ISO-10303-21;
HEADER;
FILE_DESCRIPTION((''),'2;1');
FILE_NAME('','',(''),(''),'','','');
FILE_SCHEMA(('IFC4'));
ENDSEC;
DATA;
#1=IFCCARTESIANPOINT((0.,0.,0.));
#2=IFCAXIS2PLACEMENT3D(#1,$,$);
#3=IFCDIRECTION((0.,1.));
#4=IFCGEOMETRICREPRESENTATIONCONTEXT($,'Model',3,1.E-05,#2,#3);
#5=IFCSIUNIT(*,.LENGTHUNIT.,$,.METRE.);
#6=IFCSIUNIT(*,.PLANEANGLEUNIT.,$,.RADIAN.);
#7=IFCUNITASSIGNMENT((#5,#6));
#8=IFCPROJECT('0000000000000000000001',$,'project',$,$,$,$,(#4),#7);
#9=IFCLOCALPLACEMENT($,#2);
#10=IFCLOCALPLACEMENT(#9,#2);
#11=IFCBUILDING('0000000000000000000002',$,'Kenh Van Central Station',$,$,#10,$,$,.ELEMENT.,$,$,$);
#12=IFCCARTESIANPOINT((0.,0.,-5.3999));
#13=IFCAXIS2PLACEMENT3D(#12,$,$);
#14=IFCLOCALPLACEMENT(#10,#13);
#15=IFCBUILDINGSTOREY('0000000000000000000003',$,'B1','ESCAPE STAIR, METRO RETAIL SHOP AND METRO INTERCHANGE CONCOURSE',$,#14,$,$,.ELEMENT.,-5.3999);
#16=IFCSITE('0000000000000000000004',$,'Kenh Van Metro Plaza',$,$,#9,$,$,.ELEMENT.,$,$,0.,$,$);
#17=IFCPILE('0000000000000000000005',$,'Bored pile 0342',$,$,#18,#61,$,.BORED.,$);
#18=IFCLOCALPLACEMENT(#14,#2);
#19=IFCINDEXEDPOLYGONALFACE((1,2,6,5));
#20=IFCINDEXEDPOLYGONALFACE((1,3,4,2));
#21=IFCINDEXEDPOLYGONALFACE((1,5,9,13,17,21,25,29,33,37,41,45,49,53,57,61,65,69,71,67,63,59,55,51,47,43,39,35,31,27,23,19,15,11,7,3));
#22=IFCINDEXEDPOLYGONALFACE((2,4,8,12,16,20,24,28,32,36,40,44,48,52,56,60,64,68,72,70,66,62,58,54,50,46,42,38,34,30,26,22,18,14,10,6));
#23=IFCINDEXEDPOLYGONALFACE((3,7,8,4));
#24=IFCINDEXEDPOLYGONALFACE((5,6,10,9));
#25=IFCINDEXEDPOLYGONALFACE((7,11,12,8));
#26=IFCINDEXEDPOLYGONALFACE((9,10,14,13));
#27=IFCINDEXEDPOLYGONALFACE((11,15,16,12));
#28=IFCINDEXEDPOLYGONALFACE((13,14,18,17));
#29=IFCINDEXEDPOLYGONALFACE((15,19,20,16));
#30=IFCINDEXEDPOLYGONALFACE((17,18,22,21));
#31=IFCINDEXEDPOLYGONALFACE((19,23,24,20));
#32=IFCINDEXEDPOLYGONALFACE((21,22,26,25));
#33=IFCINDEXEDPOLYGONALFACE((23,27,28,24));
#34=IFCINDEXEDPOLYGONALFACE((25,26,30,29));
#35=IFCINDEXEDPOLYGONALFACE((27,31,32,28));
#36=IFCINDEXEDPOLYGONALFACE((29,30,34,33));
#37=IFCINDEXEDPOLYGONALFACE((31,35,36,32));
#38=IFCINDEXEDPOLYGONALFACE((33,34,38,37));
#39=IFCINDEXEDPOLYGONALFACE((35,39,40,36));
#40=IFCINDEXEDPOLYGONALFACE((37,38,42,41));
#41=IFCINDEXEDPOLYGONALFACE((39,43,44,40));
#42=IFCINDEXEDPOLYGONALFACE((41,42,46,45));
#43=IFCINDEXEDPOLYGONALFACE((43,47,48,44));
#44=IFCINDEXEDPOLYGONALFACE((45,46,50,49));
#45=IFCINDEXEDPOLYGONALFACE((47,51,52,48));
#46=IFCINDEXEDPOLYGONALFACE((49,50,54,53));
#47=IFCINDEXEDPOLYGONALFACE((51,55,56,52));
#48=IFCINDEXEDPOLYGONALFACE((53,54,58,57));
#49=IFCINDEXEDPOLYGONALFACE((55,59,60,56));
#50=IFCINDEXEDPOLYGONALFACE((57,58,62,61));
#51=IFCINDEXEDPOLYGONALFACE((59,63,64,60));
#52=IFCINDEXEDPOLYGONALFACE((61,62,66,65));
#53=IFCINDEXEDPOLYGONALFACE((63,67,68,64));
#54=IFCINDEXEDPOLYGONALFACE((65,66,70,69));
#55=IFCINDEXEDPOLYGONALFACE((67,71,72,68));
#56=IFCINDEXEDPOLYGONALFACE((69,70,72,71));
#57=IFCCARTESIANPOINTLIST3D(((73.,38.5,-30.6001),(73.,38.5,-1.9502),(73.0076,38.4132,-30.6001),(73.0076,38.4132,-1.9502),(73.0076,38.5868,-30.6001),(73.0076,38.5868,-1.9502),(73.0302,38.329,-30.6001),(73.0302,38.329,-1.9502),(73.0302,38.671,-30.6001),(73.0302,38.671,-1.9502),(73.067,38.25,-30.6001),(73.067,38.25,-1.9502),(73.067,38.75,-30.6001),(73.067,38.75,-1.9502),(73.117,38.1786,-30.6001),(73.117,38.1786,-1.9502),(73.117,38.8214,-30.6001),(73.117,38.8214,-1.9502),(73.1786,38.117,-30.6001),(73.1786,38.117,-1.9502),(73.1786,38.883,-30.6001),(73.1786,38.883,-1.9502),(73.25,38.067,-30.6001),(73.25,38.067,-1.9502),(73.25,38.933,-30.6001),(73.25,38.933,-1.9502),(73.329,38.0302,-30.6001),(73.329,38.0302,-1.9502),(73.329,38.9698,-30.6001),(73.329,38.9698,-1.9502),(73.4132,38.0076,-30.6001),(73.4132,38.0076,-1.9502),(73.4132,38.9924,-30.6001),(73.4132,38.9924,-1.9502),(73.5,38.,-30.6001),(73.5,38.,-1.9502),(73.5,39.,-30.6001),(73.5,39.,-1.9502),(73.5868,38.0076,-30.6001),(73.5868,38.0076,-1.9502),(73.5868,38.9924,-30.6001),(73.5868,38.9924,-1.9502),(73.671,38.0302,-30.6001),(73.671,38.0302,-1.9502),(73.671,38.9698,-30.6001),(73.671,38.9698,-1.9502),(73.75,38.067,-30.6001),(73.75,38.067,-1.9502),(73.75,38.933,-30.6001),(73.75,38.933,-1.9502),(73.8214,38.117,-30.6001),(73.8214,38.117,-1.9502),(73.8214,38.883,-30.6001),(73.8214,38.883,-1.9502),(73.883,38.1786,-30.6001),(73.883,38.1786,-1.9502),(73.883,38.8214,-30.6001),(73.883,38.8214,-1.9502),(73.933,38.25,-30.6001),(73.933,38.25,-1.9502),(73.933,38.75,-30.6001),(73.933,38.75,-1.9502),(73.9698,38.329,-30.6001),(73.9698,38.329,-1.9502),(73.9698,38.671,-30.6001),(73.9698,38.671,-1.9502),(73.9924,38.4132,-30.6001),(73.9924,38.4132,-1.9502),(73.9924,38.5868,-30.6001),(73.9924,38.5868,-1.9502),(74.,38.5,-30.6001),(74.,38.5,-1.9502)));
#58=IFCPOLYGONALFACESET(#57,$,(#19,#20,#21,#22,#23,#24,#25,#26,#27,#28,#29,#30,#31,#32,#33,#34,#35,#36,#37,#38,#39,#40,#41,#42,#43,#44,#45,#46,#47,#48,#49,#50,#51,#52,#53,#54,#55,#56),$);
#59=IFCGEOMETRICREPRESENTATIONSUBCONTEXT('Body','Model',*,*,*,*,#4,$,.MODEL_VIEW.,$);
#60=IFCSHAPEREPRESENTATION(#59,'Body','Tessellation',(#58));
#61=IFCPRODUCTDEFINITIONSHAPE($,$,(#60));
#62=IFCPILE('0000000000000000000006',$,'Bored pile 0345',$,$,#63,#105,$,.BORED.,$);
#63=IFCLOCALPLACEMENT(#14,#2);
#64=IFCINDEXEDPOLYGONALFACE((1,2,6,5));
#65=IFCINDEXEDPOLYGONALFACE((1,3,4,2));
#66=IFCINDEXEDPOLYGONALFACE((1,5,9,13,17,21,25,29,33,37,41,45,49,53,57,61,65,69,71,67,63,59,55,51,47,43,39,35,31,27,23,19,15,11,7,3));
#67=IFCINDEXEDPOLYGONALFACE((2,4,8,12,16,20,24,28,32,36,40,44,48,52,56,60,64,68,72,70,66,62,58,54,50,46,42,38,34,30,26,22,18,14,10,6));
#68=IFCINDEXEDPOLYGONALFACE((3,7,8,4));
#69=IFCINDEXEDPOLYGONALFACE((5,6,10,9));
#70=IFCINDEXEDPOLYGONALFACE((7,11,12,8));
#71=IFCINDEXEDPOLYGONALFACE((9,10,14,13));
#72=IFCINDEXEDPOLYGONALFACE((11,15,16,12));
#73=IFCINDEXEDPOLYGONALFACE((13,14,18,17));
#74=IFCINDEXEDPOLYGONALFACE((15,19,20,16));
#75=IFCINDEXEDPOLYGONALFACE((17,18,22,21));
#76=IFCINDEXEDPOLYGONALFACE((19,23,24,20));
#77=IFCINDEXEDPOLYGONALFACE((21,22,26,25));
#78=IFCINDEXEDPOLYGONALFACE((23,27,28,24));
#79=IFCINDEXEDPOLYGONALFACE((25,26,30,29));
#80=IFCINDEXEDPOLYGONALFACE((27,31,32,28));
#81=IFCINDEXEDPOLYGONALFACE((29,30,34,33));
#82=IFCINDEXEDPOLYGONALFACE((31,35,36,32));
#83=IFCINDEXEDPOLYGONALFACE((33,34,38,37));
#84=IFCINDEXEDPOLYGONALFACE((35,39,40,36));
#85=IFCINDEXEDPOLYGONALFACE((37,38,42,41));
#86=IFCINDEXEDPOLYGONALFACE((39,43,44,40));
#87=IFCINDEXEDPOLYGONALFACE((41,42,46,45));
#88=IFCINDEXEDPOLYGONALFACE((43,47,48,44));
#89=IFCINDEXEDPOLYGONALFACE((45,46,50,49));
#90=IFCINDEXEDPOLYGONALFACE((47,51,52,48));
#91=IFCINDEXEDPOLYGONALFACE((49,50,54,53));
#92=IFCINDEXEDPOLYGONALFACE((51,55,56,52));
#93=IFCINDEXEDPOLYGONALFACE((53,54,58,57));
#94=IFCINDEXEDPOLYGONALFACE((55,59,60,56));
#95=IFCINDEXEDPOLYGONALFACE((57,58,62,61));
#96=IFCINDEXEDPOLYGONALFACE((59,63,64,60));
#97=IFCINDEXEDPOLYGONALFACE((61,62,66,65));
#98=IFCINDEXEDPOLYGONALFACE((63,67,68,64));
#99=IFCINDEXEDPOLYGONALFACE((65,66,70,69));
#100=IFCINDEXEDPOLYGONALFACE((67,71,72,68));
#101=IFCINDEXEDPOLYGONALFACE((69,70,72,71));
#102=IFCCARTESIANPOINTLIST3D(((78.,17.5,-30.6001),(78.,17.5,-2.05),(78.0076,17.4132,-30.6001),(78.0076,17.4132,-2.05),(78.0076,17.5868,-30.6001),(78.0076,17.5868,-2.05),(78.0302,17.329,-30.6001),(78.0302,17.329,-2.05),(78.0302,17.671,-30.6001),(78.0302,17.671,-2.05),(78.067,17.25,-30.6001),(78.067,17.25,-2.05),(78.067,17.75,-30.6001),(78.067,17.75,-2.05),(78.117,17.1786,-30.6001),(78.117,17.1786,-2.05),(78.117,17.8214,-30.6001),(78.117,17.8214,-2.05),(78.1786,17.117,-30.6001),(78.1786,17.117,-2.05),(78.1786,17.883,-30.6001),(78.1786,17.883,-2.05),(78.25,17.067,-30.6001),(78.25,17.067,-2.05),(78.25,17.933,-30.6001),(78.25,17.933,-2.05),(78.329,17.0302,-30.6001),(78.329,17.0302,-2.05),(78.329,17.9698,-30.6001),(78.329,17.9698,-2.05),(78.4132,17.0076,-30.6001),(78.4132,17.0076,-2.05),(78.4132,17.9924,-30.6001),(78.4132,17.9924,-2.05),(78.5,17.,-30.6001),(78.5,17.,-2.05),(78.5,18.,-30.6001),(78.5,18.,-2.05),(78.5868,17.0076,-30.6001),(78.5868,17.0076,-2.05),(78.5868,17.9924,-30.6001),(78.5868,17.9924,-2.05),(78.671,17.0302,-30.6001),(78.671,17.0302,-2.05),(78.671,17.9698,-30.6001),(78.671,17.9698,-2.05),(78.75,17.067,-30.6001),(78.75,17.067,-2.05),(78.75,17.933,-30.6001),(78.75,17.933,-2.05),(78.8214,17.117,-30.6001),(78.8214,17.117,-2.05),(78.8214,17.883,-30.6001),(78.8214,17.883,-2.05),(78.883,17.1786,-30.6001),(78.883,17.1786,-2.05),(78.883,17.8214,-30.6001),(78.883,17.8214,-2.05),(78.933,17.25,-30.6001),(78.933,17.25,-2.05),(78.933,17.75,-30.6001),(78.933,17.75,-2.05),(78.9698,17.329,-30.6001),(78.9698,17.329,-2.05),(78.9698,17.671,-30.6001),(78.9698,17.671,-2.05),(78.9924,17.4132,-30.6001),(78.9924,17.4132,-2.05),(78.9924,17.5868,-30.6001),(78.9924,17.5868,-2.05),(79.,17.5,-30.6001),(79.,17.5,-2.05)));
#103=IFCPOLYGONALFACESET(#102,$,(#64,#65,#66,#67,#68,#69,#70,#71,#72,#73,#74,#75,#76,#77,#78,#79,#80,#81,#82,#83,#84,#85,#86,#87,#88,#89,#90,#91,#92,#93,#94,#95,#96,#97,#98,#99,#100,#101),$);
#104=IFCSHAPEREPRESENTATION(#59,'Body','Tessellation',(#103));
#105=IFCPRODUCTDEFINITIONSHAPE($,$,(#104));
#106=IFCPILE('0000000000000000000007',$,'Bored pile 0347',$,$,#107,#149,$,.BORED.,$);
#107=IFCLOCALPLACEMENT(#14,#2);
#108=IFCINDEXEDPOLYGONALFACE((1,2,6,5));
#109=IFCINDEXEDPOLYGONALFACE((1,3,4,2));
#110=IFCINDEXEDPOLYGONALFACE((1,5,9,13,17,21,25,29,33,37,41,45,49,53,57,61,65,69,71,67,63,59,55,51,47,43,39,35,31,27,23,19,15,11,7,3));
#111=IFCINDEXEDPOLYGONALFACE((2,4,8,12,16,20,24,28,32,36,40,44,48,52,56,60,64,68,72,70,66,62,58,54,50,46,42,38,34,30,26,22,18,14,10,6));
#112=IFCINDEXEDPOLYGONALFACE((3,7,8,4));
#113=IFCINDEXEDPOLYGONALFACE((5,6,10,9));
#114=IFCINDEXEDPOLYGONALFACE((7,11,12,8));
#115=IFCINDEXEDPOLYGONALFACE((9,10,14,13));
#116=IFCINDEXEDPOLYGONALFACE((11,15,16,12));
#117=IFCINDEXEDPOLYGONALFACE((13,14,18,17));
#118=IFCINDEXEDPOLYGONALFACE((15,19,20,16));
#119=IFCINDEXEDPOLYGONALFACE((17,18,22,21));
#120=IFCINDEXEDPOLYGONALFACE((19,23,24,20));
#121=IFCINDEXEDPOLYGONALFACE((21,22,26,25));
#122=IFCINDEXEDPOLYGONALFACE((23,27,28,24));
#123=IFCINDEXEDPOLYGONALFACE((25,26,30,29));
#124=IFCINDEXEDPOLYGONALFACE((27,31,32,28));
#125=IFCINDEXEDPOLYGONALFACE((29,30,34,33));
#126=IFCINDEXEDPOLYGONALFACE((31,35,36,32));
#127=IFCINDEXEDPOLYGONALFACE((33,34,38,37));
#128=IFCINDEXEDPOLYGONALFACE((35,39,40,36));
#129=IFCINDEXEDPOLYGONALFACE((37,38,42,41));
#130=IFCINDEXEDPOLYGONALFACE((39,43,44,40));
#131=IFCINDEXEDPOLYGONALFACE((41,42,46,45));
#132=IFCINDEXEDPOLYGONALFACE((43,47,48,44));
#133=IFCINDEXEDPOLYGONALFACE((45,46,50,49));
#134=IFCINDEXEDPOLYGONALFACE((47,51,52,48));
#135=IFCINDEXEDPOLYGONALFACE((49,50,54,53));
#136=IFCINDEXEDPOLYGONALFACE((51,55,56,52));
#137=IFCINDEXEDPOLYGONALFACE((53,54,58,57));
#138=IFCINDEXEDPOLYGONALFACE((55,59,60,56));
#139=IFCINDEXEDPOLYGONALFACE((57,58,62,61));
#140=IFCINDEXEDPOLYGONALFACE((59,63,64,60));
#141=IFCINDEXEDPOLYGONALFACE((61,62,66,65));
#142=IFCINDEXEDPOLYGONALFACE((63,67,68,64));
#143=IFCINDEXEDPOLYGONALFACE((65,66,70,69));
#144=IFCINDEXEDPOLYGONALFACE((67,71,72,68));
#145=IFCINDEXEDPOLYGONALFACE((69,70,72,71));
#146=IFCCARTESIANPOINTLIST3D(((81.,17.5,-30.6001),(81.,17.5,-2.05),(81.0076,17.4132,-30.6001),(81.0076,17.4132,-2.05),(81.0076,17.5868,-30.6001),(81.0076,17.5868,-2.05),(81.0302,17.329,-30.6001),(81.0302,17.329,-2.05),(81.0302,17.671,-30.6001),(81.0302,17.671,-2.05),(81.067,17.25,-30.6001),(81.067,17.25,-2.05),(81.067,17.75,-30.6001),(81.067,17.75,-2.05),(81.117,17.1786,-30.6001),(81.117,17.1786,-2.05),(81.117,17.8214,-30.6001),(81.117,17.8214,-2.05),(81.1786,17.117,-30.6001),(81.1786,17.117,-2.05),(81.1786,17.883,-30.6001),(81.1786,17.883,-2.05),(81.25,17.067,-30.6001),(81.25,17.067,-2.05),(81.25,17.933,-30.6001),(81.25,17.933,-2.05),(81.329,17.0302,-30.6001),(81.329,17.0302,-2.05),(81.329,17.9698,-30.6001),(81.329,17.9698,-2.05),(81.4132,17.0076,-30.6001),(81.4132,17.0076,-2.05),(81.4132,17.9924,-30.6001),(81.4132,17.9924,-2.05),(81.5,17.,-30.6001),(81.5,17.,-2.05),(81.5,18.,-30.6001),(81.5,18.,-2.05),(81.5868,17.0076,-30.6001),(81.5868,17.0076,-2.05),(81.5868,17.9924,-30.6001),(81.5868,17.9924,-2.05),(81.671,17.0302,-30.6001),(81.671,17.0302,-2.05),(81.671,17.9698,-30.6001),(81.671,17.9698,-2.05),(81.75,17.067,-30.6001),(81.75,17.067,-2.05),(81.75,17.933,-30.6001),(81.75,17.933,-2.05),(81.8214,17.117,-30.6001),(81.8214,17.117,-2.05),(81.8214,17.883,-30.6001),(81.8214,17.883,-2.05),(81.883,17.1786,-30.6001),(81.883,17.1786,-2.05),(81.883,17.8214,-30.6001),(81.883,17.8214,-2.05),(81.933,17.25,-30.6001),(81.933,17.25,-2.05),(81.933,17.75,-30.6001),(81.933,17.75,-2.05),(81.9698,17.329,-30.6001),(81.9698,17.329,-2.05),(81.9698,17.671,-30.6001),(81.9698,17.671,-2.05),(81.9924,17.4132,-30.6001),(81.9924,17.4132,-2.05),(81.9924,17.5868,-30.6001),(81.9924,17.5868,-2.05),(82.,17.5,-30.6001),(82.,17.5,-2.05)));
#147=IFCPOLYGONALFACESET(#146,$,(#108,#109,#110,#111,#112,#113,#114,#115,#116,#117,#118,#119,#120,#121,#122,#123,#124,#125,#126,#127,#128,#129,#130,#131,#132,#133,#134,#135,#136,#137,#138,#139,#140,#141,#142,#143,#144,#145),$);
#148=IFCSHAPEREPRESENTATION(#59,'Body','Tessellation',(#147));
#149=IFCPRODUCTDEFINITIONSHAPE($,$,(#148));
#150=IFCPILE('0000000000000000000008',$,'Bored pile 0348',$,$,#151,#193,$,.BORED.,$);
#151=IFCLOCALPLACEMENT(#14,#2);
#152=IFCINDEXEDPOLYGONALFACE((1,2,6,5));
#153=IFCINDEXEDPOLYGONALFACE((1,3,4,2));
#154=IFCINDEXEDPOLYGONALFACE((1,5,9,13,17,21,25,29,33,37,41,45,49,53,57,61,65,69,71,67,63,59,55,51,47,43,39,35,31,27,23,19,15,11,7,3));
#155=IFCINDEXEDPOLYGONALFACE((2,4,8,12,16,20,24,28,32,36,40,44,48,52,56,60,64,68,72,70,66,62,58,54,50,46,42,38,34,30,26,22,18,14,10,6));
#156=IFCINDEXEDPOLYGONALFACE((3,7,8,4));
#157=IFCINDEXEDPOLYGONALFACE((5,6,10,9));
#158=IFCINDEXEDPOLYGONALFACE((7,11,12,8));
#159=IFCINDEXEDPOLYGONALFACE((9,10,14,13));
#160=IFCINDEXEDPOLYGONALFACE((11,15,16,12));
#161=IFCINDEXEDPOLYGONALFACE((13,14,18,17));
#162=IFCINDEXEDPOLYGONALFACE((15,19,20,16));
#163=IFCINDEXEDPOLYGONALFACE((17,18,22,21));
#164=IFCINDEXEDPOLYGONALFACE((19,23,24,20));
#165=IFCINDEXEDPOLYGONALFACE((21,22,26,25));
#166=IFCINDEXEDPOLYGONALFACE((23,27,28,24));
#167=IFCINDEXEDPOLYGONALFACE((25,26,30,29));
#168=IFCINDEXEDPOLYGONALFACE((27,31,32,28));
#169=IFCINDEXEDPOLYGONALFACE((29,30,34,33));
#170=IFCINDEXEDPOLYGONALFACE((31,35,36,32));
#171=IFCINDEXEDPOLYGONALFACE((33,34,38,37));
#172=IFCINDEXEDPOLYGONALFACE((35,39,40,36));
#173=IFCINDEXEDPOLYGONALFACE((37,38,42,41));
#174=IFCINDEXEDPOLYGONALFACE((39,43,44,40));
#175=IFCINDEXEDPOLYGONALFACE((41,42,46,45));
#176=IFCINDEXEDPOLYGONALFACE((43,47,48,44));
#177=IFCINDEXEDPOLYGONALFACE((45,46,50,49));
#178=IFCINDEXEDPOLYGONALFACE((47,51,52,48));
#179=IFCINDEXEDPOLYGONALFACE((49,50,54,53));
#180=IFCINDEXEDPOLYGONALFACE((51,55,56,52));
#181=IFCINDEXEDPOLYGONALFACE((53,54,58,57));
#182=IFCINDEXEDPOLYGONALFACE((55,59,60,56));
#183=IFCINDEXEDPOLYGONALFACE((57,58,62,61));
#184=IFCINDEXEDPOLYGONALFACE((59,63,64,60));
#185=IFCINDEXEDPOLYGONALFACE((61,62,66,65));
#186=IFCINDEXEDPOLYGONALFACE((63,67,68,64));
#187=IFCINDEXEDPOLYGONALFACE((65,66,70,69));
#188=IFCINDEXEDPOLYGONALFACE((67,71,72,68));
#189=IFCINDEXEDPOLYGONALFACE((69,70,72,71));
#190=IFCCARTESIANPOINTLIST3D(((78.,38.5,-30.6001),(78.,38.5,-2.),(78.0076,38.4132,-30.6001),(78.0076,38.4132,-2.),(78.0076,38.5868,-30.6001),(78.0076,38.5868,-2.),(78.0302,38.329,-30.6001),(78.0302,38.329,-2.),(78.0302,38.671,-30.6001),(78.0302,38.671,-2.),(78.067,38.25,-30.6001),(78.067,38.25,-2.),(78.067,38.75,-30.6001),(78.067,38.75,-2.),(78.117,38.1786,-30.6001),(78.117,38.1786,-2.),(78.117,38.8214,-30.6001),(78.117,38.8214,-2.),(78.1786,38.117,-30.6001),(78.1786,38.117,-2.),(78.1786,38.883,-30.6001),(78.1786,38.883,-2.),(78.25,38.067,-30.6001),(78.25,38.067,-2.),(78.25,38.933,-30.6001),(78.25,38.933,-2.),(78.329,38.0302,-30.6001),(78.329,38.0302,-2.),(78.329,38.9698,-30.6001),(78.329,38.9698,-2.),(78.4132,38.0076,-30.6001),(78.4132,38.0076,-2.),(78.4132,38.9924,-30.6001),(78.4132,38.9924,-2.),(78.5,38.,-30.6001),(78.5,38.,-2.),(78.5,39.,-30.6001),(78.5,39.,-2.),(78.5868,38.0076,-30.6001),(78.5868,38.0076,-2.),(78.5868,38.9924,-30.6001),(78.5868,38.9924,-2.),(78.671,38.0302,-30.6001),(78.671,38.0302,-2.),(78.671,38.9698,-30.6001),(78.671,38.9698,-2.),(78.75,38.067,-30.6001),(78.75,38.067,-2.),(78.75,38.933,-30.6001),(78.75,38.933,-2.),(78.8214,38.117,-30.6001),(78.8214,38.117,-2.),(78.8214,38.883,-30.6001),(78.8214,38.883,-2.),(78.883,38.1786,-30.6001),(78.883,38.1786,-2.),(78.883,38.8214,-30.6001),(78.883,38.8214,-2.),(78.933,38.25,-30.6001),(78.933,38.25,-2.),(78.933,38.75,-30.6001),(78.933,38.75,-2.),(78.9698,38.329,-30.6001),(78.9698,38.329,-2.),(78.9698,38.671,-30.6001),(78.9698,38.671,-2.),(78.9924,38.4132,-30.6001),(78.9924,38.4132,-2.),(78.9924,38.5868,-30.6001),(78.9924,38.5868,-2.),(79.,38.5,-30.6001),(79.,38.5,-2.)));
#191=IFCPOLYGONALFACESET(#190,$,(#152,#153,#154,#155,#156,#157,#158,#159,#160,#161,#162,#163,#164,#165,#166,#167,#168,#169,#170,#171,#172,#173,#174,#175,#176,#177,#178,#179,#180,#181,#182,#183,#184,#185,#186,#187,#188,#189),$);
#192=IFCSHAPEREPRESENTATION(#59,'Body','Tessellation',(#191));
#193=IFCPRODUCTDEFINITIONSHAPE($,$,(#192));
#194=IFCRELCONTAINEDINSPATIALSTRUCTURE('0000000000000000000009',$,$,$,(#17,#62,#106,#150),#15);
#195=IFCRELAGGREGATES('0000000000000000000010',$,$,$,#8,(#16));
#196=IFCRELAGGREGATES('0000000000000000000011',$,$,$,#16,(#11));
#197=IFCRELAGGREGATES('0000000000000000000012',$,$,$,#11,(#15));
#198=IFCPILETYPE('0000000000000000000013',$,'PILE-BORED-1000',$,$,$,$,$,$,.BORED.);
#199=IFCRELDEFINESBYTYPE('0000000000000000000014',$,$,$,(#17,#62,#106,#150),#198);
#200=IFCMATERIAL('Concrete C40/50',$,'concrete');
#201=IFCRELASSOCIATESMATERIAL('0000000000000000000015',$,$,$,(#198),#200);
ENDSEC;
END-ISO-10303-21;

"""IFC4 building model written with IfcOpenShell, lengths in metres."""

from ifc_helpers import new_model, si_unit, direction, frame, origin, origin_2d, place, context, subcontext, project, spatial, circle, extrude, material, material_profile, profile_set, type_object, element, save


model = new_model("IFC4")

# Units and contexts
model_context = context("Model", 3, precision=1e-05, world=origin(), true_north=direction((0.0, 1.0)))
body_context = subcontext(model_context, "Body", "Model", "MODEL_VIEW")
ifc_project = project(units=[si_unit("LENGTHUNIT", "METRE"), si_unit("PLANEANGLEUNIT", "RADIAN")], contexts=[model_context])

# Site, building, storey
site_placement = place(None, origin())
site = spatial("IfcSite", under=ifc_project, at=site_placement, Name="Kenh Van Metro Plaza", CompositionType="ELEMENT", RefElevation=0.0)
building_placement = place(site_placement, origin())
building = spatial("IfcBuilding", under=site, at=building_placement, Name="Kenh Van Central Station", CompositionType="ELEMENT")
storey_placement = place(building_placement, frame((0.0, 0.0, -5.3999)))
storey = spatial("IfcBuildingStorey", under=building, at=storey_placement, Name="B1", Description="ESCAPE STAIR, METRO RETAIL SHOP AND METRO INTERCHANGE CONCOURSE", CompositionType="ELEMENT", Elevation=-5.3999)

# Shared definitions
ifc_material_1 = material(Name="Concrete C40/50", Category="concrete")

# Piles
ifc_material_profile_1 = material_profile(ifc_material_1, circle(Radius=0.5, at=origin_2d()), Name="PILE D1000")
ifc_profile_set_1 = profile_set([ifc_material_profile_1], Name="Concrete C40/50")
pile_type = type_object("IfcPileType", Name="PILE-BORED-1000", PredefinedType="BORED", material=ifc_profile_set_1)
pile_1_placement = place(storey_placement, frame((73.5, 38.5, -1.9502), z_axis=(0.0, 0.0, -1.0), x_axis=(1.0, 0.0, 0.0)))
element("IfcPile", 1, at=pile_1_placement, inside=storey, type_object=pile_type, Name="Bored pile 0342", PredefinedType="BORED", context=body_context, shape_type="SweptSolid", body=[
    extrude(circle(Radius=0.5, at=origin_2d()), origin(), (0.0, 0.0, 1.0), 28.6499),
])
for number, where, z_axis, x_axis, name in (
    (2, (78.5, 17.5, -2.05), (0.0, 0.0, -1.0), (1.0, 0.0, 0.0), "Bored pile 0345"),
    (3, (81.5, 17.5, -2.05), (0.0, 0.0, -1.0), (1.0, 0.0, 0.0), "Bored pile 0347"),
):
    element("IfcPile", number, at=place(storey_placement, frame(where, z_axis=z_axis, x_axis=x_axis)), inside=storey, type_object=pile_type, Name=name, PredefinedType="BORED", context=body_context, shape_type="SweptSolid", body=[
        extrude(circle(Radius=0.5, at=origin_2d()), origin(), (0.0, 0.0, 1.0), 28.55),
    ])
for number, where, z_axis, x_axis, name in (
    (4, (78.5, 38.5, -2.0), (0.0, 0.0, -1.0), (1.0, 0.0, 0.0), "Bored pile 0348"),
):
    element("IfcPile", number, at=place(storey_placement, frame(where, z_axis=z_axis, x_axis=x_axis)), inside=storey, type_object=pile_type, Name=name, PredefinedType="BORED", context=body_context, shape_type="SweptSolid", body=[
        extrude(circle(Radius=0.5, at=origin_2d()), origin(), (0.0, 0.0, 1.0), 28.6001),
    ])

save(model, "model.ifc")
